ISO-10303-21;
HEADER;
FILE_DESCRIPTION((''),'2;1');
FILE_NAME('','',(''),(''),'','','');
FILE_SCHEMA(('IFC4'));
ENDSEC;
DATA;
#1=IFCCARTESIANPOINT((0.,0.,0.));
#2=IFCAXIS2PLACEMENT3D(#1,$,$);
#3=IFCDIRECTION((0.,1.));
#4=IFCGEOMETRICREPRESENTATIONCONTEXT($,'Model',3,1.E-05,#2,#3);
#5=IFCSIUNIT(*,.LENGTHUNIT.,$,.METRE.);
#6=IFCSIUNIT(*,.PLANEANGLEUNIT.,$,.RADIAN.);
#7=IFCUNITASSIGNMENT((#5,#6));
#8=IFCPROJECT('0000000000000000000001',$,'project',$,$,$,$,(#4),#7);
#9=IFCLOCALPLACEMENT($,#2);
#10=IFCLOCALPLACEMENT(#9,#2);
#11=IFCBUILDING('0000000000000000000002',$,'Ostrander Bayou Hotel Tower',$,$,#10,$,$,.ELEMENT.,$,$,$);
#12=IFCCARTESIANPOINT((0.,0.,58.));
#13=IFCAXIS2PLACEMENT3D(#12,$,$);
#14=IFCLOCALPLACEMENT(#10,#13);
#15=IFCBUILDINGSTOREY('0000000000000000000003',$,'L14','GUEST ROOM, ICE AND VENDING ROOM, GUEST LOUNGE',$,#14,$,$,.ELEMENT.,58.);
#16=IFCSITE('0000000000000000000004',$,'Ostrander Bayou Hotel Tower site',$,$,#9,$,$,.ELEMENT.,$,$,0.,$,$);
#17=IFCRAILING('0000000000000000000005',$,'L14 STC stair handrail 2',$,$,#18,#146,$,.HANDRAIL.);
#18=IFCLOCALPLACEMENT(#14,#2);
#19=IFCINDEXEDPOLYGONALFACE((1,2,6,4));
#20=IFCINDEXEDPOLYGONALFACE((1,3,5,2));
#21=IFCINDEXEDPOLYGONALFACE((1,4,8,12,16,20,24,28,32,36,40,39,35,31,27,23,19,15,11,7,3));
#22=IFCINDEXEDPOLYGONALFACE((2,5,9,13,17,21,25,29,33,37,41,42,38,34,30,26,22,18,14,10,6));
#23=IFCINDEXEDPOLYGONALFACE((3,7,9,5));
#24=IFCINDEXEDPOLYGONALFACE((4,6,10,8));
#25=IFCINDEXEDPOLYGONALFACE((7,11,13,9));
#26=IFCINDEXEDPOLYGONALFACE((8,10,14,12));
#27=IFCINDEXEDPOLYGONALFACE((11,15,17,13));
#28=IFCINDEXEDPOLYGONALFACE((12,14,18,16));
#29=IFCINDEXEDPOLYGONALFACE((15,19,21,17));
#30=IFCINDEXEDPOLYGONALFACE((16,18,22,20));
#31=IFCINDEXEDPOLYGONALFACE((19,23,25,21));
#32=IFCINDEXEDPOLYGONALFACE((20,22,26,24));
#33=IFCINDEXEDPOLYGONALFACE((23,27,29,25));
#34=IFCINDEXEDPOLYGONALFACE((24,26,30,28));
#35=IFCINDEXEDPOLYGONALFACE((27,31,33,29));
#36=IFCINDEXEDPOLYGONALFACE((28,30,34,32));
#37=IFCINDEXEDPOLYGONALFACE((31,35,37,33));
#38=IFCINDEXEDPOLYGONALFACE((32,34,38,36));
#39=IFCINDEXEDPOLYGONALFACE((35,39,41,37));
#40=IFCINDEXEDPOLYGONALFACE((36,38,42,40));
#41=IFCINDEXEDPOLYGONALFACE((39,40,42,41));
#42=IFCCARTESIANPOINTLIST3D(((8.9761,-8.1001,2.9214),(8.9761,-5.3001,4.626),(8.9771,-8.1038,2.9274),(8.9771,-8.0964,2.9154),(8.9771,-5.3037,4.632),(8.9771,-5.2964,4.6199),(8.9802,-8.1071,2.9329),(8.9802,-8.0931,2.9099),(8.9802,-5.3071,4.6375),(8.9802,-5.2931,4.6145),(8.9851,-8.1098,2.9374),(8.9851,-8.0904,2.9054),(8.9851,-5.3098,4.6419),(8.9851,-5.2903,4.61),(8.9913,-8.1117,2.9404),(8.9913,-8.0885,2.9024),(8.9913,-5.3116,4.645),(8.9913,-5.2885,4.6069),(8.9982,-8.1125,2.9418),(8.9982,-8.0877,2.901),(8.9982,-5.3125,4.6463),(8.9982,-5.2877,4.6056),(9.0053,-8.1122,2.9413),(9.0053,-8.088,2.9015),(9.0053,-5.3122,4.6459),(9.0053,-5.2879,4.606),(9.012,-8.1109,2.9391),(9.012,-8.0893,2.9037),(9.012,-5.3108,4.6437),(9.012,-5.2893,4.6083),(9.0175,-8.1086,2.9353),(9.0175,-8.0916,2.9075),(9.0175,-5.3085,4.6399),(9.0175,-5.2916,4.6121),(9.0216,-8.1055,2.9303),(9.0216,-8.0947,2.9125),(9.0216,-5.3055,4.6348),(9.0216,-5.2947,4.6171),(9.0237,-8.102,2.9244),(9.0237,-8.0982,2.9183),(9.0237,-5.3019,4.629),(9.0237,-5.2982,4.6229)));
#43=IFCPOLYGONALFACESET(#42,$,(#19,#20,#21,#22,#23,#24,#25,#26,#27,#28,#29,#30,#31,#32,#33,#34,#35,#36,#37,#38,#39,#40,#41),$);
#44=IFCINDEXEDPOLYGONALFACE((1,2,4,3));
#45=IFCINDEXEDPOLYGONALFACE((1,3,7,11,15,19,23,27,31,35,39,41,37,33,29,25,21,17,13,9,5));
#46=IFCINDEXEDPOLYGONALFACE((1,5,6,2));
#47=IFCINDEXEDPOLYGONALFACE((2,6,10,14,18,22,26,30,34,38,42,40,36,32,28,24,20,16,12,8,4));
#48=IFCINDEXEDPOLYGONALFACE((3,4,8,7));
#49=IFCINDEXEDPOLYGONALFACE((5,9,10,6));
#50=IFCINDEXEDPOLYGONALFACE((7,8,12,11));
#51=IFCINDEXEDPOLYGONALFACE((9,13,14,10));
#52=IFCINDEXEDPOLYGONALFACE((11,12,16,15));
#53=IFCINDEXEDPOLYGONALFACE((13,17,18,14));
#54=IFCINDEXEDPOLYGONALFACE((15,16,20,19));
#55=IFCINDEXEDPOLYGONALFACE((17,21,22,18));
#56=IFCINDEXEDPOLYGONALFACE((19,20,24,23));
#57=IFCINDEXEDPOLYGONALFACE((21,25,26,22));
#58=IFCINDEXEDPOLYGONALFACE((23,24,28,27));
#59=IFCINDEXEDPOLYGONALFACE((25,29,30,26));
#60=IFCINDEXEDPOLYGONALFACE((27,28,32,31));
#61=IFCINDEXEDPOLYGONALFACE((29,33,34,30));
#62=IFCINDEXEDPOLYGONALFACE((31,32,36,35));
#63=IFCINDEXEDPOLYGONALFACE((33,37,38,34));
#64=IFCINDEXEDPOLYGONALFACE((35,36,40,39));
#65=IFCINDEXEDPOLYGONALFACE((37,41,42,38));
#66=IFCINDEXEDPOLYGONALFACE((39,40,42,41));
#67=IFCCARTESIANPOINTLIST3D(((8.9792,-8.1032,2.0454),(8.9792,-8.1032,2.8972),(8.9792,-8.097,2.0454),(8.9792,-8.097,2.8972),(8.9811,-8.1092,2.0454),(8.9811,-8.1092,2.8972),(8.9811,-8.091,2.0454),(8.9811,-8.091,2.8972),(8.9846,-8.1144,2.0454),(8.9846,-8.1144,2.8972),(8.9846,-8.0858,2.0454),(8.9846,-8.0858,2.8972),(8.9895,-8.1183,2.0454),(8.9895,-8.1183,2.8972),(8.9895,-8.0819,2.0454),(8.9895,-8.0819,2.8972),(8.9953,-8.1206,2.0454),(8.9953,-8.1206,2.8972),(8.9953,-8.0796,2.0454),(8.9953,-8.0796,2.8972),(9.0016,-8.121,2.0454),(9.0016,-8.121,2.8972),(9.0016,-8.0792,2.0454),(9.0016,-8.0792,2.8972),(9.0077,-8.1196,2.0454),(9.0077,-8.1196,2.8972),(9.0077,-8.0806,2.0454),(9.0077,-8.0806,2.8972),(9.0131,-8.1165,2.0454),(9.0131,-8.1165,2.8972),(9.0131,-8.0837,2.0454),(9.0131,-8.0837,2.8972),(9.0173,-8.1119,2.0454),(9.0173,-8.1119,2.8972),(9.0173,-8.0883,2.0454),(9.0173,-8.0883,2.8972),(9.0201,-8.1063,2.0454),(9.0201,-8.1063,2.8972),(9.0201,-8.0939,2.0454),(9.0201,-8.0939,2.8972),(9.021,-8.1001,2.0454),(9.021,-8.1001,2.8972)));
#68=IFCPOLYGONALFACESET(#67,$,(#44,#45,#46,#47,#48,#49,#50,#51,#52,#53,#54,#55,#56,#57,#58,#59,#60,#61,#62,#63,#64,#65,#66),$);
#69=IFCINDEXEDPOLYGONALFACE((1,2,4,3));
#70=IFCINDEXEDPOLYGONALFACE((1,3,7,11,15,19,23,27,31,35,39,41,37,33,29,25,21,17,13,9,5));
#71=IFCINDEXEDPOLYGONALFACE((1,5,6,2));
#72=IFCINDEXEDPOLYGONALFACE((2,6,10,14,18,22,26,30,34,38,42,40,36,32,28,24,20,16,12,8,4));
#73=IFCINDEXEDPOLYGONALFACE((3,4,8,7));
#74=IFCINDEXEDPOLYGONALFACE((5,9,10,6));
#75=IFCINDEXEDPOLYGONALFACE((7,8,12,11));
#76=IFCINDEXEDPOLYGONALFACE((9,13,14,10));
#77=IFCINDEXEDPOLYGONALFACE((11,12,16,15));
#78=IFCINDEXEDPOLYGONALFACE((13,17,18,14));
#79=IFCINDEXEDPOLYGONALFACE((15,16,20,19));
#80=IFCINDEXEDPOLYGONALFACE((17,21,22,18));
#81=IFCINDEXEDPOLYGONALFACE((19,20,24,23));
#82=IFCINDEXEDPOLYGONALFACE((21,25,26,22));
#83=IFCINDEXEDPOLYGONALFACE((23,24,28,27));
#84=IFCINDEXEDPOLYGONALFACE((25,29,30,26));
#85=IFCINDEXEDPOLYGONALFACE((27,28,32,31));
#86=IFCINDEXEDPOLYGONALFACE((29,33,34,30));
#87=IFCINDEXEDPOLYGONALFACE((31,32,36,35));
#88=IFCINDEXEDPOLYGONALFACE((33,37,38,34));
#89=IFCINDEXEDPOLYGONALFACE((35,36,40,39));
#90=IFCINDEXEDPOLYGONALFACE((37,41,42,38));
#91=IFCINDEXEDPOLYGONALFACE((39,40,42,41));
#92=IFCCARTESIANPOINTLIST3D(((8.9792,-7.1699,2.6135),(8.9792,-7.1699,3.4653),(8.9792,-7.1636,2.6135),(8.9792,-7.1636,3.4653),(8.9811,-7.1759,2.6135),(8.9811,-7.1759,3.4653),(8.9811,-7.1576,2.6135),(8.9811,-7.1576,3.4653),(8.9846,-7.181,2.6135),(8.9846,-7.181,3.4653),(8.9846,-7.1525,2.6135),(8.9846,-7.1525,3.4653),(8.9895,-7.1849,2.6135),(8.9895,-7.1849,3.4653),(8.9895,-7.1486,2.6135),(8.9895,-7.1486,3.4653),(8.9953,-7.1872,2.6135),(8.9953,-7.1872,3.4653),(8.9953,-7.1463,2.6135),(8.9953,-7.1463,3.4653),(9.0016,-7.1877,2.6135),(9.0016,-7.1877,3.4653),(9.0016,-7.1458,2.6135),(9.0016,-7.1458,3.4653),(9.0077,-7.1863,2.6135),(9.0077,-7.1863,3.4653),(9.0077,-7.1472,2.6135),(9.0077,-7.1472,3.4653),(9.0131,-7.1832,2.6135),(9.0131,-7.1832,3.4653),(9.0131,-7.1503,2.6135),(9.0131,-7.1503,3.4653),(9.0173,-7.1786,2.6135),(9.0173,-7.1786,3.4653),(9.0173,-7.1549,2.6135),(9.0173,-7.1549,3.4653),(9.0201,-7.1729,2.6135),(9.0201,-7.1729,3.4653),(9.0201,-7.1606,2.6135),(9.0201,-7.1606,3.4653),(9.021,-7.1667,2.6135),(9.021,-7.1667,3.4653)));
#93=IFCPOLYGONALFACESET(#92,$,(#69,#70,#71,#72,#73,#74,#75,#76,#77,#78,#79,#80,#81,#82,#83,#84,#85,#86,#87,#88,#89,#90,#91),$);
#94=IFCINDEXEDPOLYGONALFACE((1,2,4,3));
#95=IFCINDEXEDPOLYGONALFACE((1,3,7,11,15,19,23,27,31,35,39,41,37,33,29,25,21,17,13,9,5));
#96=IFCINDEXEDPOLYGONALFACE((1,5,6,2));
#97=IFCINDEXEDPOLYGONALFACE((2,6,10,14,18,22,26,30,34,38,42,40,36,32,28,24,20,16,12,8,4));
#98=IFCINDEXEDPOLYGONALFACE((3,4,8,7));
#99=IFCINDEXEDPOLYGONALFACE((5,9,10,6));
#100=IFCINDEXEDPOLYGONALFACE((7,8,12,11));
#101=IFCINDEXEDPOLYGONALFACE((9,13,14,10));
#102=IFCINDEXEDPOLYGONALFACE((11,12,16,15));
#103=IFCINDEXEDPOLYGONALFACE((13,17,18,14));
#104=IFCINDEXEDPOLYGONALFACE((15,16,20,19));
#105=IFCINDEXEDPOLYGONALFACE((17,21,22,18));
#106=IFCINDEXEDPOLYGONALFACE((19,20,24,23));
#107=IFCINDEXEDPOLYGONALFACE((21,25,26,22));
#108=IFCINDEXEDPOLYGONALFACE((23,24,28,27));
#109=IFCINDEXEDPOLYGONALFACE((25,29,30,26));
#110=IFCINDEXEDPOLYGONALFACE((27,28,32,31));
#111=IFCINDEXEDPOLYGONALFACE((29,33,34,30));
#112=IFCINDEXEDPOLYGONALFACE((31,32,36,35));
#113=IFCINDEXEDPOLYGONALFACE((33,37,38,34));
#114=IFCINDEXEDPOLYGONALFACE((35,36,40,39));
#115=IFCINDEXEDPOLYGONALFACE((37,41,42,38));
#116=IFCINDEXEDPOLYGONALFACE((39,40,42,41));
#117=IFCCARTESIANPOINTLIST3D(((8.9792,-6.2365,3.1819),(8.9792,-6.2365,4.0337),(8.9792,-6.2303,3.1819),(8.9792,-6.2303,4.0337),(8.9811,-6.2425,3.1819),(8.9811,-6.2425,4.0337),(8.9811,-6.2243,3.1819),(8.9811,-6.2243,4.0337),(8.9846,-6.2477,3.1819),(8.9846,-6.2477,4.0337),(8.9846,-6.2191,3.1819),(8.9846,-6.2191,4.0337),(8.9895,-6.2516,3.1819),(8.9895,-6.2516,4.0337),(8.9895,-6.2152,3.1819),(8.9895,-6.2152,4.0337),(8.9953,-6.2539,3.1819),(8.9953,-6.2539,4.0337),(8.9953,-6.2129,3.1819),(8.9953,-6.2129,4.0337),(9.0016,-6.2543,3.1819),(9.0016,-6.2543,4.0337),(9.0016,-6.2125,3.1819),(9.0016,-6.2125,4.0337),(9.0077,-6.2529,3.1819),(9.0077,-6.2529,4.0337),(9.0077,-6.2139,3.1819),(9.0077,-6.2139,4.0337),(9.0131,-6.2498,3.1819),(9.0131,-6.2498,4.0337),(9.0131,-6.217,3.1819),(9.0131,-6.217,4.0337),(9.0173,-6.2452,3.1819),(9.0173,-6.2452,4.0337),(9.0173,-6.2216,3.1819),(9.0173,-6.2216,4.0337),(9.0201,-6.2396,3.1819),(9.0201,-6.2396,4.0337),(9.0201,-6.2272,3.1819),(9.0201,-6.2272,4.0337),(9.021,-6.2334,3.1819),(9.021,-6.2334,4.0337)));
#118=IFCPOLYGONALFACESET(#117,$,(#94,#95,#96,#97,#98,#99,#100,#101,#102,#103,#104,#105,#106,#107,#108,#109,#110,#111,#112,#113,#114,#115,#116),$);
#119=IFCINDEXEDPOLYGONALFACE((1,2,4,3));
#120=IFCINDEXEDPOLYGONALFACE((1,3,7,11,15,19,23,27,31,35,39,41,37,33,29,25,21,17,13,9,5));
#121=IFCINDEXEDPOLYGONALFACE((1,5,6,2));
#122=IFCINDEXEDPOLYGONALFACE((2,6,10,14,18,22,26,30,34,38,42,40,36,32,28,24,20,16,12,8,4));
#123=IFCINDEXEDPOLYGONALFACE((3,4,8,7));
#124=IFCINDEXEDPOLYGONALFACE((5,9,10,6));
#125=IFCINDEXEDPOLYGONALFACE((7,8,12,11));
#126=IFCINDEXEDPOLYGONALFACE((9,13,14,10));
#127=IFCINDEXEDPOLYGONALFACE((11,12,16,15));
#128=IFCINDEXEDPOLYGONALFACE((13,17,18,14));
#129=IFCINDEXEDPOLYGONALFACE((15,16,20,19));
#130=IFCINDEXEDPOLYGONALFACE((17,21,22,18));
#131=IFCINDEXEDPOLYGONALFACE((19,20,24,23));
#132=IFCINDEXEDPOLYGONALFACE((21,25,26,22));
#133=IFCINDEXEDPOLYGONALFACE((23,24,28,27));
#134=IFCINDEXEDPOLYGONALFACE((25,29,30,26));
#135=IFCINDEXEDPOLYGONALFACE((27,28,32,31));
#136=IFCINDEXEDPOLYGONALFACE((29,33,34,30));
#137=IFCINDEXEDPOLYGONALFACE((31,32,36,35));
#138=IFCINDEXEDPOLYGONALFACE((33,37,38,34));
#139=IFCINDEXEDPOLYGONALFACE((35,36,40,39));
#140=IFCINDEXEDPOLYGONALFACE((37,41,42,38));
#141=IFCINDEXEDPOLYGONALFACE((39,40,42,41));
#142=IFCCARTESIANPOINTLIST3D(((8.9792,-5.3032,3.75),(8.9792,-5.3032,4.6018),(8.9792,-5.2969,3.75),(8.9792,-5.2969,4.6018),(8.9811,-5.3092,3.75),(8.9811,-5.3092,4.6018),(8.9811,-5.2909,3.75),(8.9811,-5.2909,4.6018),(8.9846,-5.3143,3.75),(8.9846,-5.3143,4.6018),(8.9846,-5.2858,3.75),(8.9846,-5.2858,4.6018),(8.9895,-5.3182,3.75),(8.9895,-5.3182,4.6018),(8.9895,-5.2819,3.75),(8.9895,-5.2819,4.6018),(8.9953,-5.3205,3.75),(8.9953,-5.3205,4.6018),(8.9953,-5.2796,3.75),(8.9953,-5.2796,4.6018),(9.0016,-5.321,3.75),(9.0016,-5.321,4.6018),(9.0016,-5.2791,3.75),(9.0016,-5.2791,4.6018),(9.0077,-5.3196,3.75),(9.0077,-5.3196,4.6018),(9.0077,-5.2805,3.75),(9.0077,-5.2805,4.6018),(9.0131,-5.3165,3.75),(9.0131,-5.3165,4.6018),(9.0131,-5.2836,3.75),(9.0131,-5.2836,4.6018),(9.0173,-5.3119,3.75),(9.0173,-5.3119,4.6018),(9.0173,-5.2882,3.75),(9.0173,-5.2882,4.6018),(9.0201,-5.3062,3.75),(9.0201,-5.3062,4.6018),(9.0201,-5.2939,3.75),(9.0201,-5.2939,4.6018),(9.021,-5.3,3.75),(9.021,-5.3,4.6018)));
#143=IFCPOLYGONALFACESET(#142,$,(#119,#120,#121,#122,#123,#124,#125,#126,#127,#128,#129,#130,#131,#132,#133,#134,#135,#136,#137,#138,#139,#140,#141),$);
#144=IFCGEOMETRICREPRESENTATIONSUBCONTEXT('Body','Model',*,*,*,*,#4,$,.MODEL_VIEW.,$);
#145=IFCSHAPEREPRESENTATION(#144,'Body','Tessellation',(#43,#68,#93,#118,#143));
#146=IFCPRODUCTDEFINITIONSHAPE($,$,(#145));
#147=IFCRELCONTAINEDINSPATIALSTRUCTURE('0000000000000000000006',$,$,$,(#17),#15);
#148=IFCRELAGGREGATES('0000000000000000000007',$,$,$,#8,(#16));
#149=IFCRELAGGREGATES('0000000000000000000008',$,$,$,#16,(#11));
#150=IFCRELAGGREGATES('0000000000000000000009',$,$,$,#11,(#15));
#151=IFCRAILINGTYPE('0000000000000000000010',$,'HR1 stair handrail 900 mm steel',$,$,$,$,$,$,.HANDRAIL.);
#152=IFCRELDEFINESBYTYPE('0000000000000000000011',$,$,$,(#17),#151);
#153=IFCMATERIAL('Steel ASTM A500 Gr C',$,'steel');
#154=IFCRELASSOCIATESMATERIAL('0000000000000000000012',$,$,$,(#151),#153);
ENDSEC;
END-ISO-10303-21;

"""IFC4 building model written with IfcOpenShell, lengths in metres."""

from ifc_helpers import new_model, si_unit, direction, frame, origin, origin_2d, place, context, subcontext, project, spatial, circle, extrude, material, type_object, element, save


model = new_model("IFC4")

# Units and contexts
model_context = context("Model", 3, precision=1e-05, world=origin(), true_north=direction((0.0, 1.0)))
body_context = subcontext(model_context, "Body", "Model", "MODEL_VIEW")
ifc_project = project(units=[si_unit("LENGTHUNIT", "METRE"), si_unit("PLANEANGLEUNIT", "RADIAN")], contexts=[model_context])

# Site, building, storey
site_placement = place(None, origin())
site = spatial("IfcSite", under=ifc_project, at=site_placement, Name="Ostrander Bayou Hotel Tower site", CompositionType="ELEMENT", RefElevation=0.0)
building_placement = place(site_placement, origin())
building = spatial("IfcBuilding", under=site, at=building_placement, Name="Ostrander Bayou Hotel Tower", CompositionType="ELEMENT")
storey_placement = place(building_placement, frame((0.0, 0.0, 58.0)))
storey = spatial("IfcBuildingStorey", under=building, at=storey_placement, Name="L14", Description="GUEST ROOM, ICE AND VENDING ROOM, GUEST LOUNGE", CompositionType="ELEMENT", Elevation=58.0)

# Railing
ifc_material_1 = material(Name="Steel ASTM A500 Gr C", Category="steel")
railing_type_1 = type_object("IfcRailingType", Name="HR1 stair handrail 900 mm steel", PredefinedType="HANDRAIL", material=ifc_material_1)
railing_1_placement = place(storey_placement, frame((9.0, -8.1001, 2.0454)))
element("IfcRailing", 1, at=railing_1_placement, inside=storey, type_object=railing_type_1, Name="L14 STC stair handrail 2", PredefinedType="HANDRAIL", context=body_context, shape_type="SweptSolid", body=[
    extrude(circle(Radius=0.0239, at=origin_2d()), frame((0.0, 0.0, 0.876), z_axis=(0.0, 0.85417, 0.519994), x_axis=(-1.0, 0.0, 0.0)), (0.0, 0.0, 1.0), 3.2781),
    extrude(circle(Radius=0.021, at=origin_2d()), origin(), (0.0, 0.0, 1.0), 0.8518),
    extrude(circle(Radius=0.021, at=origin_2d()), frame((0.0, 0.9333, 0.5681)), (0.0, 0.0, 1.0), 0.8518),
    extrude(circle(Radius=0.021, at=origin_2d()), frame((0.0, 1.8667, 1.1365)), (0.0, 0.0, 1.0), 0.8518),
    extrude(circle(Radius=0.021, at=origin_2d()), frame((0.0, 2.8, 1.7046)), (0.0, 0.0, 1.0), 0.8518),
])

save(model, "model.ifc")
